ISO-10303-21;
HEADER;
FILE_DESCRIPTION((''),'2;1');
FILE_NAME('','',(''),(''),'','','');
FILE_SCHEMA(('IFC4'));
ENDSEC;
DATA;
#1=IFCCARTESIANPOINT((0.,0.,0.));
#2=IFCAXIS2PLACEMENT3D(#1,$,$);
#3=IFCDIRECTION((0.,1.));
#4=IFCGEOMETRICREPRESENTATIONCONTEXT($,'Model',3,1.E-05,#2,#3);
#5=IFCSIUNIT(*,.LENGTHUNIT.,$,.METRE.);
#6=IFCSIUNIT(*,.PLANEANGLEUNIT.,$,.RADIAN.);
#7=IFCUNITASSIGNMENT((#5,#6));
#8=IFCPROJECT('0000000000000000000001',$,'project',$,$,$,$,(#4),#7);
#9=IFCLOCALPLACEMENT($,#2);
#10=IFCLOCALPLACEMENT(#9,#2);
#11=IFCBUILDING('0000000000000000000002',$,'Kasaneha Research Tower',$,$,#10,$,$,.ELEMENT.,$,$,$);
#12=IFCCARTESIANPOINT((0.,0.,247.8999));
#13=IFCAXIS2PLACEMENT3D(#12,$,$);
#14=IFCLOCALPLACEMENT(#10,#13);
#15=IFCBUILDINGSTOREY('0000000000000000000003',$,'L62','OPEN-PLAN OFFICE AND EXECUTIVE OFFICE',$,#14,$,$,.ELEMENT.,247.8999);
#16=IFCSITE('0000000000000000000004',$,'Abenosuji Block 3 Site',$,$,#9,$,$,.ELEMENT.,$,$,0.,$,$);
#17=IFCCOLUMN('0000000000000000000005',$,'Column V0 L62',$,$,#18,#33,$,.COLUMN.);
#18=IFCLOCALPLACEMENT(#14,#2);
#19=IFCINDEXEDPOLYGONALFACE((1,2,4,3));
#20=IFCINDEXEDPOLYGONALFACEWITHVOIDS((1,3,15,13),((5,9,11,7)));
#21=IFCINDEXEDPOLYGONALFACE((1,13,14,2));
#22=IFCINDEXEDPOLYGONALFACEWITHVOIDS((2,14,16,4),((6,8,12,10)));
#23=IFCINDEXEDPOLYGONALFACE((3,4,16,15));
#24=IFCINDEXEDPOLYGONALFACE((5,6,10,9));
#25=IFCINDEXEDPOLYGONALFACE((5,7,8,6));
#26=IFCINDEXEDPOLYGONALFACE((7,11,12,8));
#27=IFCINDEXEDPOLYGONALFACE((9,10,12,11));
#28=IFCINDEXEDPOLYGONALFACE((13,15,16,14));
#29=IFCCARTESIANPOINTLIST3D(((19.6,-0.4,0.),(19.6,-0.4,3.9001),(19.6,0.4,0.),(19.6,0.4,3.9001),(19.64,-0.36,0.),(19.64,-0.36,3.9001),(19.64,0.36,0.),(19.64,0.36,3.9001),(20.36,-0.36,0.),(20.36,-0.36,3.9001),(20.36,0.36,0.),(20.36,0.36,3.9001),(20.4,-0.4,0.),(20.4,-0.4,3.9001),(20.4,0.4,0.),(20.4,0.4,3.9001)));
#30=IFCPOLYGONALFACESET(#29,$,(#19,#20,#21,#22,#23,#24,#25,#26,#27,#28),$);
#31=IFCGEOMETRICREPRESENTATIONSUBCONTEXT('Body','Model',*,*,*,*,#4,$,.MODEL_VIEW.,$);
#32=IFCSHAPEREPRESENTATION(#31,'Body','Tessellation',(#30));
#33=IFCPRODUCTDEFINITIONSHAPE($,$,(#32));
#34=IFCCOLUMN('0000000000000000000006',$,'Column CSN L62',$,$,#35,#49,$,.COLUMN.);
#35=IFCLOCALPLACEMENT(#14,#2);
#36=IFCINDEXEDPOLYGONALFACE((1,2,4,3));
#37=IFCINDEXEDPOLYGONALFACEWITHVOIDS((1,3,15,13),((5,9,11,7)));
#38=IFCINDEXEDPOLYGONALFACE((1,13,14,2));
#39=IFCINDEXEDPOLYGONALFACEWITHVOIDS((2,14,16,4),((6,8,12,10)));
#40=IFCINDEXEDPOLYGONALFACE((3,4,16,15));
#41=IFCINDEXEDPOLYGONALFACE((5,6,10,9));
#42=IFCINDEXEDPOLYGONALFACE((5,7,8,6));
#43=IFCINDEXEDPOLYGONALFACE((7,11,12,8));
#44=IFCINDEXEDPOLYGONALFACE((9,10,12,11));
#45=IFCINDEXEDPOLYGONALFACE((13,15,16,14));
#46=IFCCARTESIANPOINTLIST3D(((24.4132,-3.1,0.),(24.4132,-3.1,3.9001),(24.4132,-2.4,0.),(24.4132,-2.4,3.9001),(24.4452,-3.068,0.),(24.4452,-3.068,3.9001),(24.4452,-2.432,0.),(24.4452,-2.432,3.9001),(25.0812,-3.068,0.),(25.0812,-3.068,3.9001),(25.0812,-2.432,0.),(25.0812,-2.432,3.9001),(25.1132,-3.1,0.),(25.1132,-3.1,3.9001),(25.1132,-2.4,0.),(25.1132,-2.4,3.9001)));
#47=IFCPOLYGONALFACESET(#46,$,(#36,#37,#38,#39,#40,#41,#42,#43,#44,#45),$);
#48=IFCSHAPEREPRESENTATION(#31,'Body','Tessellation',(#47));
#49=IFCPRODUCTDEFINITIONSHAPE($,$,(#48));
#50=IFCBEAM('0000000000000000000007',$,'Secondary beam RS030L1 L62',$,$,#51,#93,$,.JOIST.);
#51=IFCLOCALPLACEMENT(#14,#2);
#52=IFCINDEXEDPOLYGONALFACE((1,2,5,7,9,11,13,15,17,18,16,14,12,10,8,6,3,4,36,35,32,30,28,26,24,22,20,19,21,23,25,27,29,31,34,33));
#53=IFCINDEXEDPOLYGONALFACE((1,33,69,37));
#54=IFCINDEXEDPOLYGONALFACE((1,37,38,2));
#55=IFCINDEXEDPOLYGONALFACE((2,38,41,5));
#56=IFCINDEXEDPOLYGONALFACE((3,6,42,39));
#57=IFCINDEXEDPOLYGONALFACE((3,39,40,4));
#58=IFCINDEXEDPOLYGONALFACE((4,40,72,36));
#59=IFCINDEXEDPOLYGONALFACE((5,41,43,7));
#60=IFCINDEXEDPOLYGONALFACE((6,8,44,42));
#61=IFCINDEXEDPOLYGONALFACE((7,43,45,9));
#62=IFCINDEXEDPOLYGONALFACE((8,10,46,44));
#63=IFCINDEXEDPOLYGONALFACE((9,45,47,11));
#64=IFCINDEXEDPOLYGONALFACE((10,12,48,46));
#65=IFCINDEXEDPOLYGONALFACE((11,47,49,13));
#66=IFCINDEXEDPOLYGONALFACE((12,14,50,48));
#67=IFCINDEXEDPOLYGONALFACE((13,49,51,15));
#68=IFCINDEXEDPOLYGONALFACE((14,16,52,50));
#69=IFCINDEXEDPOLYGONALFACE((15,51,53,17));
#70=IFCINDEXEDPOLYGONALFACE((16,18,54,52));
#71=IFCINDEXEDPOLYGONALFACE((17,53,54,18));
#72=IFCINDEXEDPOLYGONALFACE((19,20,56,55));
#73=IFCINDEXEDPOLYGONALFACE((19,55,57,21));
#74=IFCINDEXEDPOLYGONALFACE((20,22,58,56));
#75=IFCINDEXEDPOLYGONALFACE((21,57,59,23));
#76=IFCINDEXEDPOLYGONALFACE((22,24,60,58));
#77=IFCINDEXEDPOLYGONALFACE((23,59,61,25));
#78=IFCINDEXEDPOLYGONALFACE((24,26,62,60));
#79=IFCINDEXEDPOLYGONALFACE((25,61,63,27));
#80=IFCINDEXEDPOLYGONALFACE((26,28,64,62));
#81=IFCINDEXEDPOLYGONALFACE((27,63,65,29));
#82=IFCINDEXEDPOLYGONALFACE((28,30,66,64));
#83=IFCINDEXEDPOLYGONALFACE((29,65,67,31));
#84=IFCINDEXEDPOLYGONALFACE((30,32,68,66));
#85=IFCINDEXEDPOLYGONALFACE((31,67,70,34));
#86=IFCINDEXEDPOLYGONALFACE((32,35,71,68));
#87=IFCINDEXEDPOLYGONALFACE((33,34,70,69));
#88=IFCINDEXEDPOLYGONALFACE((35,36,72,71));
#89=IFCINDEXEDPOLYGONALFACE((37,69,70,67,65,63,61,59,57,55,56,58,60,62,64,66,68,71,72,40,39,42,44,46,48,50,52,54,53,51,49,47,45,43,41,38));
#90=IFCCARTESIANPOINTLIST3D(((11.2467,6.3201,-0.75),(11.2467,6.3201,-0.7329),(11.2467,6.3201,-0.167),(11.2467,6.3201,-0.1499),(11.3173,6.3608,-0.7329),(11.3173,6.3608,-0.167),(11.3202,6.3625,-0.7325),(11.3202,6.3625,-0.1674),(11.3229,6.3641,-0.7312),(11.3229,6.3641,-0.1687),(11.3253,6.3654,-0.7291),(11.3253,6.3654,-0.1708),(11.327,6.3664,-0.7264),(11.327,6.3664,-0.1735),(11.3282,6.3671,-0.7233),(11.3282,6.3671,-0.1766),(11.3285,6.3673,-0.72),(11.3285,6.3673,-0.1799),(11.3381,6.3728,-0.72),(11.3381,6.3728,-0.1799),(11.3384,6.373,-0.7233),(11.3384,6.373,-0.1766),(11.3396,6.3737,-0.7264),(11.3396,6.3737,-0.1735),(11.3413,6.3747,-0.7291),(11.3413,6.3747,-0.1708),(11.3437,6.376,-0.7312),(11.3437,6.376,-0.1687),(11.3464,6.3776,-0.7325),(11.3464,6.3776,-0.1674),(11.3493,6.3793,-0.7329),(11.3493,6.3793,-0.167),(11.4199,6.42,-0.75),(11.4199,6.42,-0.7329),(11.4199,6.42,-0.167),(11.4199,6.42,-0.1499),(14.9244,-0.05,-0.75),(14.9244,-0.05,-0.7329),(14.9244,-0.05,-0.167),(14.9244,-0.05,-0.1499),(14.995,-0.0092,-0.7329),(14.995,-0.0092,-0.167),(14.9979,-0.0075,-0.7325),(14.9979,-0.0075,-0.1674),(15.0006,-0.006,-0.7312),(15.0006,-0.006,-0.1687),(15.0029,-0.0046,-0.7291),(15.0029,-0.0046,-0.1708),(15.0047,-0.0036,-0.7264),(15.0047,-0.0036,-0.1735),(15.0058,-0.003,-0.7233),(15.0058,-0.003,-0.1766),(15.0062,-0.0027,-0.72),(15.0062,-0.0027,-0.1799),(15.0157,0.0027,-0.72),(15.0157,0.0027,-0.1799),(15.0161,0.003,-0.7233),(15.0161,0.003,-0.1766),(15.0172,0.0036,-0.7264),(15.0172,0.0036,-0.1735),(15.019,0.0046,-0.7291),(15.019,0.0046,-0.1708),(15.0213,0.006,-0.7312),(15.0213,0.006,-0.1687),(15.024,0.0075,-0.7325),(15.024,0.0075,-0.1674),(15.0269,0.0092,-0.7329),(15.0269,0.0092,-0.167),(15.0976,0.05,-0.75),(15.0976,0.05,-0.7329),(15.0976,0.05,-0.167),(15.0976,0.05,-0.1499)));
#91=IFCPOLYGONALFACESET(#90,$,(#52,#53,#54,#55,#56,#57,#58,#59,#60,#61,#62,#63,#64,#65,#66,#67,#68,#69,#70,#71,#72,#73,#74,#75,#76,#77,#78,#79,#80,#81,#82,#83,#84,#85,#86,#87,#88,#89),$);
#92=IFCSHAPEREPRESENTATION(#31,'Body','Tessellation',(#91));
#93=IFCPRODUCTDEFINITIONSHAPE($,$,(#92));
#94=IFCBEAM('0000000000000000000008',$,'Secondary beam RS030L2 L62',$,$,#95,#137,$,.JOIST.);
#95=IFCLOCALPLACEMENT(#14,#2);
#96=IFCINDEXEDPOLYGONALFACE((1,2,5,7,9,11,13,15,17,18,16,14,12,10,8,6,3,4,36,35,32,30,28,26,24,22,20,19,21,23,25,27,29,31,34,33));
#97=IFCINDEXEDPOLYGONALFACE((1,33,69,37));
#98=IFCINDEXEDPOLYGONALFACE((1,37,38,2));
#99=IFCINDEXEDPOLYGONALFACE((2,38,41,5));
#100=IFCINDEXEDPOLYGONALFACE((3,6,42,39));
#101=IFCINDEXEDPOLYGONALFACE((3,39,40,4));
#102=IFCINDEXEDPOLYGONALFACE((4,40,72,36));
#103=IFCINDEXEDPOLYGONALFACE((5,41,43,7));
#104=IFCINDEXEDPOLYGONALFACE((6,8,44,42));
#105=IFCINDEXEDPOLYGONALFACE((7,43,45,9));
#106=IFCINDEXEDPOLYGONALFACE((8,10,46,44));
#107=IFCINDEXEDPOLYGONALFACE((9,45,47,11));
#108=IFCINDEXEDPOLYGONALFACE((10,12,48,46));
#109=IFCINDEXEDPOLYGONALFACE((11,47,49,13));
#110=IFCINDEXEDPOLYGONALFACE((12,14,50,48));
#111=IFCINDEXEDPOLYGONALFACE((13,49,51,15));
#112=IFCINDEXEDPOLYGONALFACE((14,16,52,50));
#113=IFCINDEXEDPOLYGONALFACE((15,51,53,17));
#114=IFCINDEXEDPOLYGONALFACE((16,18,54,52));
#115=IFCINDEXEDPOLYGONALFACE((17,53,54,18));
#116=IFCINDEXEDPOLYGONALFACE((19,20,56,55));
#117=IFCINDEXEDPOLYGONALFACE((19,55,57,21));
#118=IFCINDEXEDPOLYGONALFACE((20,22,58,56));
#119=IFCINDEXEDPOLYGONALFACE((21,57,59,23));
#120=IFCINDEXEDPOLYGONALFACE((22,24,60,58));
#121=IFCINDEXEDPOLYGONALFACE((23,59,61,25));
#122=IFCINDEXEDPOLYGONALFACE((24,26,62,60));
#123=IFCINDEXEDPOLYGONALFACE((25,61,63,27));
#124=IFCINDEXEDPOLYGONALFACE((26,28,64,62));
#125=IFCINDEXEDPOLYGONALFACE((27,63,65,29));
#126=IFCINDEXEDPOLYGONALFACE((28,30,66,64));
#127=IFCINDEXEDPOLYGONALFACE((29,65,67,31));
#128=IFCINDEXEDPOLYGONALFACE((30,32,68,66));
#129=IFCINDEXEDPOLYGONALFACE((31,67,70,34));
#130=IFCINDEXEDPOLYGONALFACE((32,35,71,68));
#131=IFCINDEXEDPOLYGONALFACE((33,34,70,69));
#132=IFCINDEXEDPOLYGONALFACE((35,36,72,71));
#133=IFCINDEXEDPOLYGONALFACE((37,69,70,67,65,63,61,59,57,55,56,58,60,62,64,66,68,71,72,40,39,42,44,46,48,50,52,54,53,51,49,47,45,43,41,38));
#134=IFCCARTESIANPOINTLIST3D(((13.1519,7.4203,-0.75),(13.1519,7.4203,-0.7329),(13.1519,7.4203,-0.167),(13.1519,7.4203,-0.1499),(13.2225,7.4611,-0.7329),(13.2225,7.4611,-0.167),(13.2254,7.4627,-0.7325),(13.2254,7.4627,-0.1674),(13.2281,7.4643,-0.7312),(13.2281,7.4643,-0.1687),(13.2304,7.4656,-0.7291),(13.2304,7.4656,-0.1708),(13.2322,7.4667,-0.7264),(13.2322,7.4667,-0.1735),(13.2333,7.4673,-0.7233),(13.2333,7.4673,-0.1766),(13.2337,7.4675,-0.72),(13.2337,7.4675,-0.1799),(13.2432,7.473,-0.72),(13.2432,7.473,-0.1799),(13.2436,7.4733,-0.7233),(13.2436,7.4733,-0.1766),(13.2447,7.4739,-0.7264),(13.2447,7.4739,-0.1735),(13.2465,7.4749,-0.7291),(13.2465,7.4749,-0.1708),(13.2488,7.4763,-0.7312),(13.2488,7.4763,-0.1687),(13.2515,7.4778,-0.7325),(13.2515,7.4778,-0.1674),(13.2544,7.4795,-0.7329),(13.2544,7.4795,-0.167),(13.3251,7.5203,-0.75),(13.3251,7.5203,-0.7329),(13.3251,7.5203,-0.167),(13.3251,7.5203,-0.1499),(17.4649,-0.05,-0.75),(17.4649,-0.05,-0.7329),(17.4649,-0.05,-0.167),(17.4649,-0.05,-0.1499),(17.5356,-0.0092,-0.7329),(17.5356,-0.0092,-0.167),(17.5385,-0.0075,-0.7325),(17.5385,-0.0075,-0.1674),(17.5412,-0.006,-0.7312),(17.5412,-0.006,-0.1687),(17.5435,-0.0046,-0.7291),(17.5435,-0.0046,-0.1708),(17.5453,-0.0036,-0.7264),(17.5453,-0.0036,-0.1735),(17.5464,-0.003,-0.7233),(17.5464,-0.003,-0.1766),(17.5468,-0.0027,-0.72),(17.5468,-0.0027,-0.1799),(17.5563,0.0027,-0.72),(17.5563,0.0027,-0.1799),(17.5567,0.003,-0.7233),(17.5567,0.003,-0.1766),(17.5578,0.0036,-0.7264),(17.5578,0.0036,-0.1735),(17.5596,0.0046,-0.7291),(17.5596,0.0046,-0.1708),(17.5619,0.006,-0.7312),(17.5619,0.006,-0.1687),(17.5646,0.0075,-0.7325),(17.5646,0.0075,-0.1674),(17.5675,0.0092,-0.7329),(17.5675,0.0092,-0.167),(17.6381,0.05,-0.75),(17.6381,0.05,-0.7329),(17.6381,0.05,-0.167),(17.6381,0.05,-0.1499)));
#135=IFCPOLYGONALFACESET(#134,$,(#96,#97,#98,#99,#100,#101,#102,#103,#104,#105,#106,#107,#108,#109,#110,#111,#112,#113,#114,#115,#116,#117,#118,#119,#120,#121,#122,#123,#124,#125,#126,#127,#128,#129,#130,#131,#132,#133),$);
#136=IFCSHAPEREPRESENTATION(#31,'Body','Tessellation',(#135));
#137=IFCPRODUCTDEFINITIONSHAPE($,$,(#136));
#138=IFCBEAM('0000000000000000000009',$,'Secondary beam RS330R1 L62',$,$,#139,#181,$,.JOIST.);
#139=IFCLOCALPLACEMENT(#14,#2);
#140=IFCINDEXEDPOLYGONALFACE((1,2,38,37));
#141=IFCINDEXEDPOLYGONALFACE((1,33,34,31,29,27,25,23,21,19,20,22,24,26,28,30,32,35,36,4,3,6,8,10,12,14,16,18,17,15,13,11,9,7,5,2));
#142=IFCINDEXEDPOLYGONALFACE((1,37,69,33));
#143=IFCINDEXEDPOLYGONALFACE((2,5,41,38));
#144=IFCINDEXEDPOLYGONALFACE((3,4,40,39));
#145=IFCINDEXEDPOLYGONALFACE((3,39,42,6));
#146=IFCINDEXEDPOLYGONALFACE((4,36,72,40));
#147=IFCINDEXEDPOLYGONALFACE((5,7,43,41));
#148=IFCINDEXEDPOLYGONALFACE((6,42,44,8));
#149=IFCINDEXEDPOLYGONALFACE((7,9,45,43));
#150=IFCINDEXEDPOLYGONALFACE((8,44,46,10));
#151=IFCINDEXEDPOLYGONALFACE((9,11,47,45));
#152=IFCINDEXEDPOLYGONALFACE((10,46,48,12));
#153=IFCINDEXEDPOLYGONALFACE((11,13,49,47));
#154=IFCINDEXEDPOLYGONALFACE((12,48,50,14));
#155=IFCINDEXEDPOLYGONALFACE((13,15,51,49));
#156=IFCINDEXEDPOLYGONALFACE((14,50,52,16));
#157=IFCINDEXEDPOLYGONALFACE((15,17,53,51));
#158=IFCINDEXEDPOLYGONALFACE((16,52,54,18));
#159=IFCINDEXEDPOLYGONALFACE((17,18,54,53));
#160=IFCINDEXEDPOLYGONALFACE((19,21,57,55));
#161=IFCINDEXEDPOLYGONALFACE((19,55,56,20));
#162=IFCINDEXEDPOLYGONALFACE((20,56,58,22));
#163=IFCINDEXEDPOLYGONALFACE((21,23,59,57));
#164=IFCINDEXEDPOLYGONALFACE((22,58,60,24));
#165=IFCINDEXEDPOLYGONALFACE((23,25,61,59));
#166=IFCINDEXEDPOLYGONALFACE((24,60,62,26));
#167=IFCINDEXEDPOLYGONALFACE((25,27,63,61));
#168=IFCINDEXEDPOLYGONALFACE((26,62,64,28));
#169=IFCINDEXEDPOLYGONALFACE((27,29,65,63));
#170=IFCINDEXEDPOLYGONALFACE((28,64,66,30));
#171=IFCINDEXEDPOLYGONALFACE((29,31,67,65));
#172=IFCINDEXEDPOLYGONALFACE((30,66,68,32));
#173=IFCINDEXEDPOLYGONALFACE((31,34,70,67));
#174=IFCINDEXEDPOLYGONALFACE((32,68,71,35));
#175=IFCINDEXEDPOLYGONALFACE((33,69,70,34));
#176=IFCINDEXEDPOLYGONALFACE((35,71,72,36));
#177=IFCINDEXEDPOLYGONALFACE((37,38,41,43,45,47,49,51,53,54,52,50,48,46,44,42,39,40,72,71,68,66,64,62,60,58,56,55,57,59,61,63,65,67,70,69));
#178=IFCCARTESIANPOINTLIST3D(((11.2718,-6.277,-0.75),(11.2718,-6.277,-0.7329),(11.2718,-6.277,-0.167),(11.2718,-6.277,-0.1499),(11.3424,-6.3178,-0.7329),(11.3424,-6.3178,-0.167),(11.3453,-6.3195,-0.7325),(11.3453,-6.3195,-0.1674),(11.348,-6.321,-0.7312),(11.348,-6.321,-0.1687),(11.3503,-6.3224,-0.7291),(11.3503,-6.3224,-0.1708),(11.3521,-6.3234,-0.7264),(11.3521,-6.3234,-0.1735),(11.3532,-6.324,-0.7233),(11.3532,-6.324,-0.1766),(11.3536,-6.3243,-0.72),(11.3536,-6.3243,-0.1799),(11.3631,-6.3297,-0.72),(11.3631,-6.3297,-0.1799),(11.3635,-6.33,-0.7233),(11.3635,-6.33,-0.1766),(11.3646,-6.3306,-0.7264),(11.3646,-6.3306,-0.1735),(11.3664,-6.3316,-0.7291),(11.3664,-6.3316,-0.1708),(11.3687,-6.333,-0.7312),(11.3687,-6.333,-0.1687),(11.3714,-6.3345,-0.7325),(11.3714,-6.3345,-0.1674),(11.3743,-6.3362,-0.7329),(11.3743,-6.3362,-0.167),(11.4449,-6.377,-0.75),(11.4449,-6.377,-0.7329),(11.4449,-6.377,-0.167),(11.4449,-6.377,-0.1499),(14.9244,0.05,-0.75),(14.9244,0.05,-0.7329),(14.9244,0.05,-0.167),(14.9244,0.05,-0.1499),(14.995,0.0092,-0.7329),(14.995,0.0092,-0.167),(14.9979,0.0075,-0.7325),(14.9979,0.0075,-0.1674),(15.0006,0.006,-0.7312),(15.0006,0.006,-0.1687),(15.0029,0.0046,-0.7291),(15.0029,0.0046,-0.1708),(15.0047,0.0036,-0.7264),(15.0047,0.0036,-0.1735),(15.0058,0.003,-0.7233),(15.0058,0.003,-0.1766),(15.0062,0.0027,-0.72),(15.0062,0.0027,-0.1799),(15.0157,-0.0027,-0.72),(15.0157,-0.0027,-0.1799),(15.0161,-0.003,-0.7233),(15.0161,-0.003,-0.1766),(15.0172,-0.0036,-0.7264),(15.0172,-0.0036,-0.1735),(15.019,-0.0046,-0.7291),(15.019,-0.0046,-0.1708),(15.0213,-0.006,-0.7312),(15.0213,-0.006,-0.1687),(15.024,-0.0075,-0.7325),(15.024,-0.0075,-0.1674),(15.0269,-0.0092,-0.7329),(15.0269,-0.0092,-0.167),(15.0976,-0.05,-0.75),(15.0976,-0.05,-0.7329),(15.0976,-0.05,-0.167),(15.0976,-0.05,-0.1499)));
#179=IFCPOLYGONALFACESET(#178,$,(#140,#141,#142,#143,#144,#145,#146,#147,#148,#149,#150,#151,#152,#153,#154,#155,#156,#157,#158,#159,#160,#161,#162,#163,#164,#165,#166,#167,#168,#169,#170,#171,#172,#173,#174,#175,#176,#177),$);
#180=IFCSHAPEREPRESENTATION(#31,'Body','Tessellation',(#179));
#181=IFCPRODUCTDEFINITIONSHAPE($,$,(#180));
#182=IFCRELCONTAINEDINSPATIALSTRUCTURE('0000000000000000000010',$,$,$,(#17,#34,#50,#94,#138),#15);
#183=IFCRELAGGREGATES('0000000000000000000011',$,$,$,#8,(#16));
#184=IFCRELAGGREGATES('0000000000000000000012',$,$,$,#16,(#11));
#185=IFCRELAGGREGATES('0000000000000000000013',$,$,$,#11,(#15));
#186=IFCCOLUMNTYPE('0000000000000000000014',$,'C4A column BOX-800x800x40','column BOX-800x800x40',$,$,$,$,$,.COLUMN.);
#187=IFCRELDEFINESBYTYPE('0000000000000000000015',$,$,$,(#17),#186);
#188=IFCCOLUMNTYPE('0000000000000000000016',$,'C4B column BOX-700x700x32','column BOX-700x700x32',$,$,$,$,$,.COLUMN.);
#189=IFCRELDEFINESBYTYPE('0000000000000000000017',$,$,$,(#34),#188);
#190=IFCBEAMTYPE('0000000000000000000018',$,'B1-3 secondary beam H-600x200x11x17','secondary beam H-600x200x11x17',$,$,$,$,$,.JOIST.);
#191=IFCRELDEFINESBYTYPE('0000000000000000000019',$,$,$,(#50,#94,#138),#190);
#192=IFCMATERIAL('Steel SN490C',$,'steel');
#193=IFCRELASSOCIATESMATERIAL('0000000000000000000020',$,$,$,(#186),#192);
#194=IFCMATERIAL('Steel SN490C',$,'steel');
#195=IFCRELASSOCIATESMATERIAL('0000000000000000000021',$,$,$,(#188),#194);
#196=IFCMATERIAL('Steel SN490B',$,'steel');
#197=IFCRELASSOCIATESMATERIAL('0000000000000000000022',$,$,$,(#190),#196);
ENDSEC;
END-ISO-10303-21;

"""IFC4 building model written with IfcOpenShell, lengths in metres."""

from ifc_helpers import new_model, si_unit, direction, frame, origin, origin_2d, place, context, subcontext, project, spatial, hollow_rectangle, i_section, extrude, material, material_profile, profile_set, type_object, element, save


model = new_model("IFC4")

# Units and contexts
model_context = context("Model", 3, precision=1e-05, world=origin(), true_north=direction((0.0, 1.0)))
body_context = subcontext(model_context, "Body", "Model", "MODEL_VIEW")
ifc_project = project(units=[si_unit("LENGTHUNIT", "METRE"), si_unit("PLANEANGLEUNIT", "RADIAN")], contexts=[model_context])

# Site, building, storey
site_placement = place(None, origin())
site = spatial("IfcSite", under=ifc_project, at=site_placement, Name="Abenosuji Block 3 Site", CompositionType="ELEMENT", RefElevation=0.0)
building_placement = place(site_placement, origin())
building = spatial("IfcBuilding", under=site, at=building_placement, Name="Kasaneha Research Tower", CompositionType="ELEMENT")
storey_placement = place(building_placement, frame((0.0, 0.0, 247.8999)))
storey = spatial("IfcBuildingStorey", under=building, at=storey_placement, Name="L62", Description="OPEN-PLAN OFFICE AND EXECUTIVE OFFICE", CompositionType="ELEMENT", Elevation=247.8999)

# Columns
ifc_material_1 = material(Name="Steel SN490C", Category="steel")
ifc_material_profile_1 = material_profile(ifc_material_1, hollow_rectangle(XDim=0.8, YDim=0.8, WallThickness=0.04, at=origin_2d()), Name="BOX-800x800x40")
ifc_profile_set_1 = profile_set([ifc_material_profile_1], Name="Steel SN490C")
column_type_1 = type_object("IfcColumnType", Name="C4A column BOX-800x800x40", Description="column BOX-800x800x40", PredefinedType="COLUMN", material=ifc_profile_set_1)
column_1_placement = place(storey_placement, frame((20.0, 0.0, 0.0), z_axis=(0.0, 0.0, 1.0), x_axis=(1.0, 0.0, 0.0)))
element("IfcColumn", 1, at=column_1_placement, inside=storey, type_object=column_type_1, Name="Column V0 L62", PredefinedType="COLUMN", context=body_context, shape_type="SweptSolid", body=[
    extrude(hollow_rectangle(XDim=0.8, YDim=0.8, WallThickness=0.04, at=origin_2d()), origin(), (0.0, 0.0, 1.0), 3.9001),
])
ifc_material_2 = material(Name="Steel SN490C", Category="steel")
ifc_material_profile_2 = material_profile(ifc_material_2, hollow_rectangle(XDim=0.7, YDim=0.7, WallThickness=0.032, at=origin_2d()), Name="BOX-700x700x32")
ifc_profile_set_2 = profile_set([ifc_material_profile_2], Name="Steel SN490C")
column_type_2 = type_object("IfcColumnType", Name="C4B column BOX-700x700x32", Description="column BOX-700x700x32", PredefinedType="COLUMN", material=ifc_profile_set_2)
column_2_placement = place(storey_placement, frame((24.7632, -2.75, 0.0), z_axis=(0.0, 0.0, 1.0), x_axis=(1.0, 0.0, 0.0)))
element("IfcColumn", 2, at=column_2_placement, inside=storey, type_object=column_type_2, Name="Column CSN L62", PredefinedType="COLUMN", context=body_context, shape_type="SweptSolid", body=[
    extrude(hollow_rectangle(XDim=0.7, YDim=0.7, WallThickness=0.032, at=origin_2d()), origin(), (0.0, 0.0, 1.0), 3.9001),
])

# Beams
ifc_material_3 = material(Name="Steel SN490B", Category="steel")
ifc_material_profile_3 = material_profile(ifc_material_3, i_section(OverallWidth=0.2, OverallDepth=0.6001, WebThickness=0.011, FlangeThickness=0.0171, FilletRadius=0.0129, at=origin_2d()), Name="H-600x200x11x17")
ifc_profile_set_3 = profile_set([ifc_material_profile_3], Name="Steel SN490B")
beam_type_1 = type_object("IfcBeamType", Name="B1-3 secondary beam H-600x200x11x17", Description="secondary beam H-600x200x11x17", PredefinedType="JOIST", material=ifc_profile_set_3)
beam_1_placement = place(storey_placement, frame((15.011, 0.0, -0.45), z_axis=(-0.499994, 0.866029, 0.0), x_axis=(-0.866029, -0.499994, 0.0)))
element("IfcBeam", 3, at=beam_1_placement, inside=storey, type_object=beam_type_1, Name="Secondary beam RS030L1 L62", PredefinedType="JOIST", context=body_context, shape_type="SweptSolid", body=[
    extrude(i_section(OverallWidth=0.2, OverallDepth=0.6001, WebThickness=0.011, FlangeThickness=0.0171, FilletRadius=0.0129, at=origin_2d()), origin(), (0.0, 0.0, 1.0), 7.3555),
])
beam_2_placement = place(storey_placement, frame((17.5515, 0.0, -0.45), z_axis=(-0.500005, 0.866023, 0.0), x_axis=(-0.866023, -0.500005, 0.0)))
element("IfcBeam", 4, at=beam_2_placement, inside=storey, type_object=beam_type_1, Name="Secondary beam RS030L2 L62", PredefinedType="JOIST", context=body_context, shape_type="SweptSolid", body=[
    extrude(i_section(OverallWidth=0.2, OverallDepth=0.6001, WebThickness=0.011, FlangeThickness=0.0171, FilletRadius=0.0129, at=origin_2d()), origin(), (0.0, 0.0, 1.0), 8.626),
])
beam_3_placement = place(storey_placement, frame((15.011, 0.0, -0.45), z_axis=(-0.499974, -0.86604, 0.0), x_axis=(0.86604, -0.499974, 0.0)))
element("IfcBeam", 5, at=beam_3_placement, inside=storey, type_object=beam_type_1, Name="Secondary beam RS330R1 L62", PredefinedType="JOIST", context=body_context, shape_type="SweptSolid", body=[
    extrude(i_section(OverallWidth=0.2, OverallDepth=0.6001, WebThickness=0.011, FlangeThickness=0.0171, FilletRadius=0.0129, at=origin_2d()), origin(), (0.0, 0.0, 1.0), 7.3057),
])

save(model, "model.ifc")
